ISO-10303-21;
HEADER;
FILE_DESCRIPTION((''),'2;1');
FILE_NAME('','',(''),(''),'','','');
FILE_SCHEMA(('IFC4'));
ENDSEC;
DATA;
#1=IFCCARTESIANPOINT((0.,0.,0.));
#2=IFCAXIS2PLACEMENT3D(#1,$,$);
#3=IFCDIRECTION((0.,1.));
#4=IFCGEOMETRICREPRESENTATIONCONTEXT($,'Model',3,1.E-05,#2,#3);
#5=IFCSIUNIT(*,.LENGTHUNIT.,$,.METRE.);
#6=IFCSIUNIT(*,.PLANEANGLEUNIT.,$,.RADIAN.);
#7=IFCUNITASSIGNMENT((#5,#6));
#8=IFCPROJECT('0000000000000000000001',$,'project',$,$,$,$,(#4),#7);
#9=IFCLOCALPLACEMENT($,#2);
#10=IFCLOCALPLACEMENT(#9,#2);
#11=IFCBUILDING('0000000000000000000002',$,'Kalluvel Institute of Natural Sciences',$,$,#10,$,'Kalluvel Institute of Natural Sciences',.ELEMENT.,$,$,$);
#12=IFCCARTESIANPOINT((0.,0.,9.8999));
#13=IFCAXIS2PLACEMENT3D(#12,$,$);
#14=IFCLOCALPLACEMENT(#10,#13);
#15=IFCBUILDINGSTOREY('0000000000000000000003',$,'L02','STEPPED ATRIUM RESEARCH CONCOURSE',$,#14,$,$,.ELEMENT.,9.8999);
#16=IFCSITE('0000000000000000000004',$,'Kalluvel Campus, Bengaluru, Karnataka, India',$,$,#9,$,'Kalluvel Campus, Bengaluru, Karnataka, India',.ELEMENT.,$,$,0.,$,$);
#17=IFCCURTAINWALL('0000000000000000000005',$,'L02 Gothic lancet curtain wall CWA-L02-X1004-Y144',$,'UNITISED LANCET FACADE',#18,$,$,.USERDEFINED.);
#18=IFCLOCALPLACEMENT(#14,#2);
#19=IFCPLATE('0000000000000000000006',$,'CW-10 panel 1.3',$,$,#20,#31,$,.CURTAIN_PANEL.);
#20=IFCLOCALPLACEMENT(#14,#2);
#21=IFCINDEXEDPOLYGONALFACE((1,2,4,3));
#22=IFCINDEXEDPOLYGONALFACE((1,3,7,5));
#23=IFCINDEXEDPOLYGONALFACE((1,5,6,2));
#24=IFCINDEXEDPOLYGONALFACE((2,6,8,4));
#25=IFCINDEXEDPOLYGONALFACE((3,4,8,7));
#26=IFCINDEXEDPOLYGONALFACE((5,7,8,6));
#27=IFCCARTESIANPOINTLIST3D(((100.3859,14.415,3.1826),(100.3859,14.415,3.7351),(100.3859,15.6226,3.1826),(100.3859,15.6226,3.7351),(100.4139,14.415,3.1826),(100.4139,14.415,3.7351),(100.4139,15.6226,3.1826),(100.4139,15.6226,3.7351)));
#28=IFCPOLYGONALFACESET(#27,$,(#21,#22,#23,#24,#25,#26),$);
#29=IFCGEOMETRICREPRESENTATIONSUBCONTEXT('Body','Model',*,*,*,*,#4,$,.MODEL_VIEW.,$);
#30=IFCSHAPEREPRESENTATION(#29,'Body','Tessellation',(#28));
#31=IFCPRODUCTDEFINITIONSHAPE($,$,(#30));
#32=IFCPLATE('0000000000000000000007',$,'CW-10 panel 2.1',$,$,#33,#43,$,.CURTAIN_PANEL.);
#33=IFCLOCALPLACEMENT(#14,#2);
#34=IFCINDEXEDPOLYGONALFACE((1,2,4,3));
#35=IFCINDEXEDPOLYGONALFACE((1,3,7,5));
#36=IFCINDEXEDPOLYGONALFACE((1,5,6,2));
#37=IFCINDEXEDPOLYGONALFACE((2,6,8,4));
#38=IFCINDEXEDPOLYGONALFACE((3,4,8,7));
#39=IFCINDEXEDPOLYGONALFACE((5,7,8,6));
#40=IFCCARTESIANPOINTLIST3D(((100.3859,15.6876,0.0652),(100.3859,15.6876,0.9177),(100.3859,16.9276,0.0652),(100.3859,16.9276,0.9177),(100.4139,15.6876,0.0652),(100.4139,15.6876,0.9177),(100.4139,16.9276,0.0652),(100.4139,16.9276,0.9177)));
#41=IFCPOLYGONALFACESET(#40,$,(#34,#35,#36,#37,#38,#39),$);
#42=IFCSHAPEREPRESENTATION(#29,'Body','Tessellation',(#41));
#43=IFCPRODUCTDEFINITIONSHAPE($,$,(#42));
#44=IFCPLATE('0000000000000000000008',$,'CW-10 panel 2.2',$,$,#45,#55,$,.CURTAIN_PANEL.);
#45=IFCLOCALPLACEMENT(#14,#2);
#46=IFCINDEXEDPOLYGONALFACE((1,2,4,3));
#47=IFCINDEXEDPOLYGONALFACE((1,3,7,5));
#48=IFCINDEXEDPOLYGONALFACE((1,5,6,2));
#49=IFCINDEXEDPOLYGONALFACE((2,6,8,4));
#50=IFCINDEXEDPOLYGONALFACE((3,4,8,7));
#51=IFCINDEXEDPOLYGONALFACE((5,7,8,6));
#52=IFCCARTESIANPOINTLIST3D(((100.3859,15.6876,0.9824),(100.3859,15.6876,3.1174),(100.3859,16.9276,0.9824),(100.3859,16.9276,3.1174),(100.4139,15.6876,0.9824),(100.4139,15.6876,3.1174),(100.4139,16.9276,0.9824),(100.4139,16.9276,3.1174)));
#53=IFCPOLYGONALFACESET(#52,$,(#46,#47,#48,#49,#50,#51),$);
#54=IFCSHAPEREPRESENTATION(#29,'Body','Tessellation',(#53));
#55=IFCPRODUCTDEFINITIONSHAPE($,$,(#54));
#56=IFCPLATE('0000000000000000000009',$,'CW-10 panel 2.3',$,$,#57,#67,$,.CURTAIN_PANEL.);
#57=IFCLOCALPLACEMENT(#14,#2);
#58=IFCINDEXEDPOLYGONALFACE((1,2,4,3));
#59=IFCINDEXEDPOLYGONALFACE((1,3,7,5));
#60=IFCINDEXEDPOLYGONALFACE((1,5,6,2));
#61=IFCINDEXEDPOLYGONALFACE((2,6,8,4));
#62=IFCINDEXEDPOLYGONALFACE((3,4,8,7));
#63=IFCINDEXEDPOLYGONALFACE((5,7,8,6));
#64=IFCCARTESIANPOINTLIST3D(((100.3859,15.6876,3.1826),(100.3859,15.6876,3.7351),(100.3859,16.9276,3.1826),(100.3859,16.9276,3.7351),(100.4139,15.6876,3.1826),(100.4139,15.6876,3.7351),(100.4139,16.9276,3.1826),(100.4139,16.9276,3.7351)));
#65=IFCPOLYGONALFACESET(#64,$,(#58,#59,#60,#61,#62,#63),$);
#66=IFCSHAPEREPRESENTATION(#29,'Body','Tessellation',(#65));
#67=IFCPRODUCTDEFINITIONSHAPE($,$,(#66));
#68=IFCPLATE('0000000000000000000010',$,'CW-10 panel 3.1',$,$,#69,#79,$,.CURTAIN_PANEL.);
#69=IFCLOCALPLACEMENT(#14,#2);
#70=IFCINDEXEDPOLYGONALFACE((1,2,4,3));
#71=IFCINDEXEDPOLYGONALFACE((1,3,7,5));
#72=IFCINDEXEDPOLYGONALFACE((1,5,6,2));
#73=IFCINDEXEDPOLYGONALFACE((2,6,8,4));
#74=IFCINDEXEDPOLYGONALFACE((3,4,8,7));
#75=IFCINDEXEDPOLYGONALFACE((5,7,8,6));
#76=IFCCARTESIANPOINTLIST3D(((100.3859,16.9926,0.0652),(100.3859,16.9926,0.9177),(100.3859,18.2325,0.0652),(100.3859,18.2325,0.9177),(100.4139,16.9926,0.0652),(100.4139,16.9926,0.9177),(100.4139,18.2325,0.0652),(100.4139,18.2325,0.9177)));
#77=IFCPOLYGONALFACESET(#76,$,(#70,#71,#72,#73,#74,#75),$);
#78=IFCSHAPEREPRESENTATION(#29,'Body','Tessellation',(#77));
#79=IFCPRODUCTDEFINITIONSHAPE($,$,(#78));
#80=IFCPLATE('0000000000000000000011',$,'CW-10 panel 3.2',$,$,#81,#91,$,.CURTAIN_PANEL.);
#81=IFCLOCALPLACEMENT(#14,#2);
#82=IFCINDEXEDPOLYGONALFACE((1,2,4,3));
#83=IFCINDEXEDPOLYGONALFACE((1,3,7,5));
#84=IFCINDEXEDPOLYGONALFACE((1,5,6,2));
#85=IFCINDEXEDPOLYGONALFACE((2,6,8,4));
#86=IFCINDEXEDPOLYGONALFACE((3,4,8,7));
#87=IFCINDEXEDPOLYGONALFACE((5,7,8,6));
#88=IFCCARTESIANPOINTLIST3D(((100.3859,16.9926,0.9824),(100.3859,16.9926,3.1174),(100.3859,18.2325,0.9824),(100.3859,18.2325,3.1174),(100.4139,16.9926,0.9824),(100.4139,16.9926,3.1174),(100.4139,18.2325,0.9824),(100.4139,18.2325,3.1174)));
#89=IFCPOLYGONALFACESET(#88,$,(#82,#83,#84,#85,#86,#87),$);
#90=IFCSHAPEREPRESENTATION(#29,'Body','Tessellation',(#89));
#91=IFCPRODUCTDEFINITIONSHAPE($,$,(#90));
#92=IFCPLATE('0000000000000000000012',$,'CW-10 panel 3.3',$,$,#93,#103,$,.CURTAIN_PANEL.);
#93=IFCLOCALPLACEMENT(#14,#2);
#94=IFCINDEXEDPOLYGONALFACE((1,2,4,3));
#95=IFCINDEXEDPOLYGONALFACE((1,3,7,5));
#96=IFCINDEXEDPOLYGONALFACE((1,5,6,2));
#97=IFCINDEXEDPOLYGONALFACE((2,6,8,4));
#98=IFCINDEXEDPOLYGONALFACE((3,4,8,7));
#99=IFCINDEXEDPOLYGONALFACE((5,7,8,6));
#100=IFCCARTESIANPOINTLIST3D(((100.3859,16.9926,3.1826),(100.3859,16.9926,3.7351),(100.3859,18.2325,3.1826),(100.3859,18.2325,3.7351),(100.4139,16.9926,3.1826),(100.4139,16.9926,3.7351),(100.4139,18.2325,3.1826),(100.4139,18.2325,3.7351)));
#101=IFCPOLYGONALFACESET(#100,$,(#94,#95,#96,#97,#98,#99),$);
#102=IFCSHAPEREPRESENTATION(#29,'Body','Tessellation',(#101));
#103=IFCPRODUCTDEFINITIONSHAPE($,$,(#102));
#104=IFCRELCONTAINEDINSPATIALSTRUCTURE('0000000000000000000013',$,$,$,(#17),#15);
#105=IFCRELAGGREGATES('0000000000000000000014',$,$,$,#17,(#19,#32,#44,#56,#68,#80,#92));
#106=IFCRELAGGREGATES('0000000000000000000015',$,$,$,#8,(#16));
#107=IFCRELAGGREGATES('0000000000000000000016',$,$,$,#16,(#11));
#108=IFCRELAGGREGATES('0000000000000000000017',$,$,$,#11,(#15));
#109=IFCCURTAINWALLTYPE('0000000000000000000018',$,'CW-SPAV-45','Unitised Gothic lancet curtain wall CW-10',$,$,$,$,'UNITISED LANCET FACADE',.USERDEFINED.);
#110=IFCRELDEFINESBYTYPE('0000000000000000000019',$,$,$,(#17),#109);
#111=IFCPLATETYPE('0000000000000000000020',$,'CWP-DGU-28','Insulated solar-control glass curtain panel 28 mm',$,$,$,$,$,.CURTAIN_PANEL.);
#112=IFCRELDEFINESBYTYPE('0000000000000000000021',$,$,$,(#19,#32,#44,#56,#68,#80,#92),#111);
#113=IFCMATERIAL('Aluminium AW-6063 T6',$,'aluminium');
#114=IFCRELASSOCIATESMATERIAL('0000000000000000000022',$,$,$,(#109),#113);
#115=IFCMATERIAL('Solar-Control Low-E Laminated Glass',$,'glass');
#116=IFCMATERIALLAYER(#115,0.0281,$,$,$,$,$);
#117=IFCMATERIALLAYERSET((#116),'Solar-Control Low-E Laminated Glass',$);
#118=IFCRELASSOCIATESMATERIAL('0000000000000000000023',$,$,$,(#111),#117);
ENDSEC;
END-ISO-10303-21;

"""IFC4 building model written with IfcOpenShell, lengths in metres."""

from ifc_helpers import new_model, si_unit, direction, frame, origin, origin_2d, place, context, subcontext, project, spatial, rectangle, extrude, material, layer, layer_set, type_object, element, aggregate, save


model = new_model("IFC4")

# Units and contexts
model_context = context("Model", 3, precision=1e-05, world=origin(), true_north=direction((0.0, 1.0)))
body_context = subcontext(model_context, "Body", "Model", "MODEL_VIEW")
ifc_project = project(units=[si_unit("LENGTHUNIT", "METRE"), si_unit("PLANEANGLEUNIT", "RADIAN")], contexts=[model_context])

# Site, building, storey
site_placement = place(None, origin())
site = spatial("IfcSite", under=ifc_project, at=site_placement, Name="Kalluvel Campus, Bengaluru, Karnataka, India", LongName="Kalluvel Campus, Bengaluru, Karnataka, India", CompositionType="ELEMENT", RefElevation=0.0)
building_placement = place(site_placement, origin())
building = spatial("IfcBuilding", under=site, at=building_placement, Name="Kalluvel Institute of Natural Sciences", LongName="Kalluvel Institute of Natural Sciences", CompositionType="ELEMENT")
storey_placement = place(building_placement, frame((0.0, 0.0, 9.8999)))
storey = spatial("IfcBuildingStorey", under=building, at=storey_placement, Name="L02", Description="STEPPED ATRIUM RESEARCH CONCOURSE", CompositionType="ELEMENT", Elevation=9.8999)

# Curtain wall, plates
ifc_material_1 = material(Name="Aluminium AW-6063 T6", Category="aluminium")
curtain_wall_type = type_object("IfcCurtainWallType", Name="CW-SPAV-45", Description="Unitised Gothic lancet curtain wall CW-10", ElementType="UNITISED LANCET FACADE", PredefinedType="USERDEFINED", material=ifc_material_1)
curtain_wall_placement = place(storey_placement, origin())
curtain_wall = element("IfcCurtainWall", 1, at=curtain_wall_placement, inside=storey, type_object=curtain_wall_type, Name="L02 Gothic lancet curtain wall CWA-L02-X1004-Y144", ObjectType="UNITISED LANCET FACADE", PredefinedType="USERDEFINED")
ifc_material_2 = material(Name="Solar-Control Low-E Laminated Glass", Category="glass")
ifc_layer = layer(ifc_material_2, 0.0281)
ifc_layer_set = layer_set([ifc_layer], Name="Solar-Control Low-E Laminated Glass")
plate_type = type_object("IfcPlateType", Name="CWP-DGU-28", Description="Insulated solar-control glass curtain panel 28 mm", PredefinedType="CURTAIN_PANEL", material=ifc_layer_set)
plate_1_placement = place(storey_placement, frame((100.3999, 15.0188, 3.1826), z_axis=(0.0, 0.0, 1.0), x_axis=(0.0, 1.0, 0.0)))
plate_1 = element("IfcPlate", 2, at=plate_1_placement, type_object=plate_type, Name="CW-10 panel 1.3", PredefinedType="CURTAIN_PANEL", context=body_context, shape_type="SweptSolid", body=[
    extrude(rectangle(XDim=1.2075, YDim=0.0281, at=origin_2d()), origin(), (0.0, 0.0, 1.0), 0.5525),
])
plate_2_placement = place(storey_placement, frame((100.3999, 16.3076, 0.0652), z_axis=(0.0, 0.0, 1.0), x_axis=(0.0, 1.0, 0.0)))
plate_2 = element("IfcPlate", 3, at=plate_2_placement, type_object=plate_type, Name="CW-10 panel 2.1", PredefinedType="CURTAIN_PANEL", context=body_context, shape_type="SweptSolid", body=[
    extrude(rectangle(XDim=1.24, YDim=0.0281, at=origin_2d()), origin(), (0.0, 0.0, 1.0), 0.8525),
])
plate_3_placement = place(storey_placement, frame((100.3999, 16.3076, 0.9824), z_axis=(0.0, 0.0, 1.0), x_axis=(0.0, 1.0, 0.0)))
plate_3 = element("IfcPlate", 4, at=plate_3_placement, type_object=plate_type, Name="CW-10 panel 2.2", PredefinedType="CURTAIN_PANEL", context=body_context, shape_type="SweptSolid", body=[
    extrude(rectangle(XDim=1.24, YDim=0.0281, at=origin_2d()), origin(), (0.0, 0.0, 1.0), 2.135),
])
plate_4_placement = place(storey_placement, frame((100.3999, 16.3076, 3.1826), z_axis=(0.0, 0.0, 1.0), x_axis=(0.0, 1.0, 0.0)))
plate_4 = element("IfcPlate", 5, at=plate_4_placement, type_object=plate_type, Name="CW-10 panel 2.3", PredefinedType="CURTAIN_PANEL", context=body_context, shape_type="SweptSolid", body=[
    extrude(rectangle(XDim=1.24, YDim=0.0281, at=origin_2d()), origin(), (0.0, 0.0, 1.0), 0.5525),
])
plate_5_placement = place(storey_placement, frame((100.3999, 17.6125, 0.0652), z_axis=(0.0, 0.0, 1.0), x_axis=(0.0, 1.0, 0.0)))
plate_5 = element("IfcPlate", 6, at=plate_5_placement, type_object=plate_type, Name="CW-10 panel 3.1", PredefinedType="CURTAIN_PANEL", context=body_context, shape_type="SweptSolid", body=[
    extrude(rectangle(XDim=1.24, YDim=0.0281, at=origin_2d()), origin(), (0.0, 0.0, 1.0), 0.8525),
])
plate_6_placement = place(storey_placement, frame((100.3999, 17.6125, 0.9824), z_axis=(0.0, 0.0, 1.0), x_axis=(0.0, 1.0, 0.0)))
plate_6 = element("IfcPlate", 7, at=plate_6_placement, type_object=plate_type, Name="CW-10 panel 3.2", PredefinedType="CURTAIN_PANEL", context=body_context, shape_type="SweptSolid", body=[
    extrude(rectangle(XDim=1.24, YDim=0.0281, at=origin_2d()), origin(), (0.0, 0.0, 1.0), 2.135),
])
plate_7_placement = place(storey_placement, frame((100.3999, 17.6125, 3.1826), z_axis=(0.0, 0.0, 1.0), x_axis=(0.0, 1.0, 0.0)))
plate_7 = element("IfcPlate", 8, at=plate_7_placement, type_object=plate_type, Name="CW-10 panel 3.3", PredefinedType="CURTAIN_PANEL", context=body_context, shape_type="SweptSolid", body=[
    extrude(rectangle(XDim=1.24, YDim=0.0281, at=origin_2d()), origin(), (0.0, 0.0, 1.0), 0.5525),
])
aggregate(curtain_wall, [plate_1, plate_2, plate_3, plate_4, plate_5, plate_6, plate_7])

save(model, "model.ifc")
